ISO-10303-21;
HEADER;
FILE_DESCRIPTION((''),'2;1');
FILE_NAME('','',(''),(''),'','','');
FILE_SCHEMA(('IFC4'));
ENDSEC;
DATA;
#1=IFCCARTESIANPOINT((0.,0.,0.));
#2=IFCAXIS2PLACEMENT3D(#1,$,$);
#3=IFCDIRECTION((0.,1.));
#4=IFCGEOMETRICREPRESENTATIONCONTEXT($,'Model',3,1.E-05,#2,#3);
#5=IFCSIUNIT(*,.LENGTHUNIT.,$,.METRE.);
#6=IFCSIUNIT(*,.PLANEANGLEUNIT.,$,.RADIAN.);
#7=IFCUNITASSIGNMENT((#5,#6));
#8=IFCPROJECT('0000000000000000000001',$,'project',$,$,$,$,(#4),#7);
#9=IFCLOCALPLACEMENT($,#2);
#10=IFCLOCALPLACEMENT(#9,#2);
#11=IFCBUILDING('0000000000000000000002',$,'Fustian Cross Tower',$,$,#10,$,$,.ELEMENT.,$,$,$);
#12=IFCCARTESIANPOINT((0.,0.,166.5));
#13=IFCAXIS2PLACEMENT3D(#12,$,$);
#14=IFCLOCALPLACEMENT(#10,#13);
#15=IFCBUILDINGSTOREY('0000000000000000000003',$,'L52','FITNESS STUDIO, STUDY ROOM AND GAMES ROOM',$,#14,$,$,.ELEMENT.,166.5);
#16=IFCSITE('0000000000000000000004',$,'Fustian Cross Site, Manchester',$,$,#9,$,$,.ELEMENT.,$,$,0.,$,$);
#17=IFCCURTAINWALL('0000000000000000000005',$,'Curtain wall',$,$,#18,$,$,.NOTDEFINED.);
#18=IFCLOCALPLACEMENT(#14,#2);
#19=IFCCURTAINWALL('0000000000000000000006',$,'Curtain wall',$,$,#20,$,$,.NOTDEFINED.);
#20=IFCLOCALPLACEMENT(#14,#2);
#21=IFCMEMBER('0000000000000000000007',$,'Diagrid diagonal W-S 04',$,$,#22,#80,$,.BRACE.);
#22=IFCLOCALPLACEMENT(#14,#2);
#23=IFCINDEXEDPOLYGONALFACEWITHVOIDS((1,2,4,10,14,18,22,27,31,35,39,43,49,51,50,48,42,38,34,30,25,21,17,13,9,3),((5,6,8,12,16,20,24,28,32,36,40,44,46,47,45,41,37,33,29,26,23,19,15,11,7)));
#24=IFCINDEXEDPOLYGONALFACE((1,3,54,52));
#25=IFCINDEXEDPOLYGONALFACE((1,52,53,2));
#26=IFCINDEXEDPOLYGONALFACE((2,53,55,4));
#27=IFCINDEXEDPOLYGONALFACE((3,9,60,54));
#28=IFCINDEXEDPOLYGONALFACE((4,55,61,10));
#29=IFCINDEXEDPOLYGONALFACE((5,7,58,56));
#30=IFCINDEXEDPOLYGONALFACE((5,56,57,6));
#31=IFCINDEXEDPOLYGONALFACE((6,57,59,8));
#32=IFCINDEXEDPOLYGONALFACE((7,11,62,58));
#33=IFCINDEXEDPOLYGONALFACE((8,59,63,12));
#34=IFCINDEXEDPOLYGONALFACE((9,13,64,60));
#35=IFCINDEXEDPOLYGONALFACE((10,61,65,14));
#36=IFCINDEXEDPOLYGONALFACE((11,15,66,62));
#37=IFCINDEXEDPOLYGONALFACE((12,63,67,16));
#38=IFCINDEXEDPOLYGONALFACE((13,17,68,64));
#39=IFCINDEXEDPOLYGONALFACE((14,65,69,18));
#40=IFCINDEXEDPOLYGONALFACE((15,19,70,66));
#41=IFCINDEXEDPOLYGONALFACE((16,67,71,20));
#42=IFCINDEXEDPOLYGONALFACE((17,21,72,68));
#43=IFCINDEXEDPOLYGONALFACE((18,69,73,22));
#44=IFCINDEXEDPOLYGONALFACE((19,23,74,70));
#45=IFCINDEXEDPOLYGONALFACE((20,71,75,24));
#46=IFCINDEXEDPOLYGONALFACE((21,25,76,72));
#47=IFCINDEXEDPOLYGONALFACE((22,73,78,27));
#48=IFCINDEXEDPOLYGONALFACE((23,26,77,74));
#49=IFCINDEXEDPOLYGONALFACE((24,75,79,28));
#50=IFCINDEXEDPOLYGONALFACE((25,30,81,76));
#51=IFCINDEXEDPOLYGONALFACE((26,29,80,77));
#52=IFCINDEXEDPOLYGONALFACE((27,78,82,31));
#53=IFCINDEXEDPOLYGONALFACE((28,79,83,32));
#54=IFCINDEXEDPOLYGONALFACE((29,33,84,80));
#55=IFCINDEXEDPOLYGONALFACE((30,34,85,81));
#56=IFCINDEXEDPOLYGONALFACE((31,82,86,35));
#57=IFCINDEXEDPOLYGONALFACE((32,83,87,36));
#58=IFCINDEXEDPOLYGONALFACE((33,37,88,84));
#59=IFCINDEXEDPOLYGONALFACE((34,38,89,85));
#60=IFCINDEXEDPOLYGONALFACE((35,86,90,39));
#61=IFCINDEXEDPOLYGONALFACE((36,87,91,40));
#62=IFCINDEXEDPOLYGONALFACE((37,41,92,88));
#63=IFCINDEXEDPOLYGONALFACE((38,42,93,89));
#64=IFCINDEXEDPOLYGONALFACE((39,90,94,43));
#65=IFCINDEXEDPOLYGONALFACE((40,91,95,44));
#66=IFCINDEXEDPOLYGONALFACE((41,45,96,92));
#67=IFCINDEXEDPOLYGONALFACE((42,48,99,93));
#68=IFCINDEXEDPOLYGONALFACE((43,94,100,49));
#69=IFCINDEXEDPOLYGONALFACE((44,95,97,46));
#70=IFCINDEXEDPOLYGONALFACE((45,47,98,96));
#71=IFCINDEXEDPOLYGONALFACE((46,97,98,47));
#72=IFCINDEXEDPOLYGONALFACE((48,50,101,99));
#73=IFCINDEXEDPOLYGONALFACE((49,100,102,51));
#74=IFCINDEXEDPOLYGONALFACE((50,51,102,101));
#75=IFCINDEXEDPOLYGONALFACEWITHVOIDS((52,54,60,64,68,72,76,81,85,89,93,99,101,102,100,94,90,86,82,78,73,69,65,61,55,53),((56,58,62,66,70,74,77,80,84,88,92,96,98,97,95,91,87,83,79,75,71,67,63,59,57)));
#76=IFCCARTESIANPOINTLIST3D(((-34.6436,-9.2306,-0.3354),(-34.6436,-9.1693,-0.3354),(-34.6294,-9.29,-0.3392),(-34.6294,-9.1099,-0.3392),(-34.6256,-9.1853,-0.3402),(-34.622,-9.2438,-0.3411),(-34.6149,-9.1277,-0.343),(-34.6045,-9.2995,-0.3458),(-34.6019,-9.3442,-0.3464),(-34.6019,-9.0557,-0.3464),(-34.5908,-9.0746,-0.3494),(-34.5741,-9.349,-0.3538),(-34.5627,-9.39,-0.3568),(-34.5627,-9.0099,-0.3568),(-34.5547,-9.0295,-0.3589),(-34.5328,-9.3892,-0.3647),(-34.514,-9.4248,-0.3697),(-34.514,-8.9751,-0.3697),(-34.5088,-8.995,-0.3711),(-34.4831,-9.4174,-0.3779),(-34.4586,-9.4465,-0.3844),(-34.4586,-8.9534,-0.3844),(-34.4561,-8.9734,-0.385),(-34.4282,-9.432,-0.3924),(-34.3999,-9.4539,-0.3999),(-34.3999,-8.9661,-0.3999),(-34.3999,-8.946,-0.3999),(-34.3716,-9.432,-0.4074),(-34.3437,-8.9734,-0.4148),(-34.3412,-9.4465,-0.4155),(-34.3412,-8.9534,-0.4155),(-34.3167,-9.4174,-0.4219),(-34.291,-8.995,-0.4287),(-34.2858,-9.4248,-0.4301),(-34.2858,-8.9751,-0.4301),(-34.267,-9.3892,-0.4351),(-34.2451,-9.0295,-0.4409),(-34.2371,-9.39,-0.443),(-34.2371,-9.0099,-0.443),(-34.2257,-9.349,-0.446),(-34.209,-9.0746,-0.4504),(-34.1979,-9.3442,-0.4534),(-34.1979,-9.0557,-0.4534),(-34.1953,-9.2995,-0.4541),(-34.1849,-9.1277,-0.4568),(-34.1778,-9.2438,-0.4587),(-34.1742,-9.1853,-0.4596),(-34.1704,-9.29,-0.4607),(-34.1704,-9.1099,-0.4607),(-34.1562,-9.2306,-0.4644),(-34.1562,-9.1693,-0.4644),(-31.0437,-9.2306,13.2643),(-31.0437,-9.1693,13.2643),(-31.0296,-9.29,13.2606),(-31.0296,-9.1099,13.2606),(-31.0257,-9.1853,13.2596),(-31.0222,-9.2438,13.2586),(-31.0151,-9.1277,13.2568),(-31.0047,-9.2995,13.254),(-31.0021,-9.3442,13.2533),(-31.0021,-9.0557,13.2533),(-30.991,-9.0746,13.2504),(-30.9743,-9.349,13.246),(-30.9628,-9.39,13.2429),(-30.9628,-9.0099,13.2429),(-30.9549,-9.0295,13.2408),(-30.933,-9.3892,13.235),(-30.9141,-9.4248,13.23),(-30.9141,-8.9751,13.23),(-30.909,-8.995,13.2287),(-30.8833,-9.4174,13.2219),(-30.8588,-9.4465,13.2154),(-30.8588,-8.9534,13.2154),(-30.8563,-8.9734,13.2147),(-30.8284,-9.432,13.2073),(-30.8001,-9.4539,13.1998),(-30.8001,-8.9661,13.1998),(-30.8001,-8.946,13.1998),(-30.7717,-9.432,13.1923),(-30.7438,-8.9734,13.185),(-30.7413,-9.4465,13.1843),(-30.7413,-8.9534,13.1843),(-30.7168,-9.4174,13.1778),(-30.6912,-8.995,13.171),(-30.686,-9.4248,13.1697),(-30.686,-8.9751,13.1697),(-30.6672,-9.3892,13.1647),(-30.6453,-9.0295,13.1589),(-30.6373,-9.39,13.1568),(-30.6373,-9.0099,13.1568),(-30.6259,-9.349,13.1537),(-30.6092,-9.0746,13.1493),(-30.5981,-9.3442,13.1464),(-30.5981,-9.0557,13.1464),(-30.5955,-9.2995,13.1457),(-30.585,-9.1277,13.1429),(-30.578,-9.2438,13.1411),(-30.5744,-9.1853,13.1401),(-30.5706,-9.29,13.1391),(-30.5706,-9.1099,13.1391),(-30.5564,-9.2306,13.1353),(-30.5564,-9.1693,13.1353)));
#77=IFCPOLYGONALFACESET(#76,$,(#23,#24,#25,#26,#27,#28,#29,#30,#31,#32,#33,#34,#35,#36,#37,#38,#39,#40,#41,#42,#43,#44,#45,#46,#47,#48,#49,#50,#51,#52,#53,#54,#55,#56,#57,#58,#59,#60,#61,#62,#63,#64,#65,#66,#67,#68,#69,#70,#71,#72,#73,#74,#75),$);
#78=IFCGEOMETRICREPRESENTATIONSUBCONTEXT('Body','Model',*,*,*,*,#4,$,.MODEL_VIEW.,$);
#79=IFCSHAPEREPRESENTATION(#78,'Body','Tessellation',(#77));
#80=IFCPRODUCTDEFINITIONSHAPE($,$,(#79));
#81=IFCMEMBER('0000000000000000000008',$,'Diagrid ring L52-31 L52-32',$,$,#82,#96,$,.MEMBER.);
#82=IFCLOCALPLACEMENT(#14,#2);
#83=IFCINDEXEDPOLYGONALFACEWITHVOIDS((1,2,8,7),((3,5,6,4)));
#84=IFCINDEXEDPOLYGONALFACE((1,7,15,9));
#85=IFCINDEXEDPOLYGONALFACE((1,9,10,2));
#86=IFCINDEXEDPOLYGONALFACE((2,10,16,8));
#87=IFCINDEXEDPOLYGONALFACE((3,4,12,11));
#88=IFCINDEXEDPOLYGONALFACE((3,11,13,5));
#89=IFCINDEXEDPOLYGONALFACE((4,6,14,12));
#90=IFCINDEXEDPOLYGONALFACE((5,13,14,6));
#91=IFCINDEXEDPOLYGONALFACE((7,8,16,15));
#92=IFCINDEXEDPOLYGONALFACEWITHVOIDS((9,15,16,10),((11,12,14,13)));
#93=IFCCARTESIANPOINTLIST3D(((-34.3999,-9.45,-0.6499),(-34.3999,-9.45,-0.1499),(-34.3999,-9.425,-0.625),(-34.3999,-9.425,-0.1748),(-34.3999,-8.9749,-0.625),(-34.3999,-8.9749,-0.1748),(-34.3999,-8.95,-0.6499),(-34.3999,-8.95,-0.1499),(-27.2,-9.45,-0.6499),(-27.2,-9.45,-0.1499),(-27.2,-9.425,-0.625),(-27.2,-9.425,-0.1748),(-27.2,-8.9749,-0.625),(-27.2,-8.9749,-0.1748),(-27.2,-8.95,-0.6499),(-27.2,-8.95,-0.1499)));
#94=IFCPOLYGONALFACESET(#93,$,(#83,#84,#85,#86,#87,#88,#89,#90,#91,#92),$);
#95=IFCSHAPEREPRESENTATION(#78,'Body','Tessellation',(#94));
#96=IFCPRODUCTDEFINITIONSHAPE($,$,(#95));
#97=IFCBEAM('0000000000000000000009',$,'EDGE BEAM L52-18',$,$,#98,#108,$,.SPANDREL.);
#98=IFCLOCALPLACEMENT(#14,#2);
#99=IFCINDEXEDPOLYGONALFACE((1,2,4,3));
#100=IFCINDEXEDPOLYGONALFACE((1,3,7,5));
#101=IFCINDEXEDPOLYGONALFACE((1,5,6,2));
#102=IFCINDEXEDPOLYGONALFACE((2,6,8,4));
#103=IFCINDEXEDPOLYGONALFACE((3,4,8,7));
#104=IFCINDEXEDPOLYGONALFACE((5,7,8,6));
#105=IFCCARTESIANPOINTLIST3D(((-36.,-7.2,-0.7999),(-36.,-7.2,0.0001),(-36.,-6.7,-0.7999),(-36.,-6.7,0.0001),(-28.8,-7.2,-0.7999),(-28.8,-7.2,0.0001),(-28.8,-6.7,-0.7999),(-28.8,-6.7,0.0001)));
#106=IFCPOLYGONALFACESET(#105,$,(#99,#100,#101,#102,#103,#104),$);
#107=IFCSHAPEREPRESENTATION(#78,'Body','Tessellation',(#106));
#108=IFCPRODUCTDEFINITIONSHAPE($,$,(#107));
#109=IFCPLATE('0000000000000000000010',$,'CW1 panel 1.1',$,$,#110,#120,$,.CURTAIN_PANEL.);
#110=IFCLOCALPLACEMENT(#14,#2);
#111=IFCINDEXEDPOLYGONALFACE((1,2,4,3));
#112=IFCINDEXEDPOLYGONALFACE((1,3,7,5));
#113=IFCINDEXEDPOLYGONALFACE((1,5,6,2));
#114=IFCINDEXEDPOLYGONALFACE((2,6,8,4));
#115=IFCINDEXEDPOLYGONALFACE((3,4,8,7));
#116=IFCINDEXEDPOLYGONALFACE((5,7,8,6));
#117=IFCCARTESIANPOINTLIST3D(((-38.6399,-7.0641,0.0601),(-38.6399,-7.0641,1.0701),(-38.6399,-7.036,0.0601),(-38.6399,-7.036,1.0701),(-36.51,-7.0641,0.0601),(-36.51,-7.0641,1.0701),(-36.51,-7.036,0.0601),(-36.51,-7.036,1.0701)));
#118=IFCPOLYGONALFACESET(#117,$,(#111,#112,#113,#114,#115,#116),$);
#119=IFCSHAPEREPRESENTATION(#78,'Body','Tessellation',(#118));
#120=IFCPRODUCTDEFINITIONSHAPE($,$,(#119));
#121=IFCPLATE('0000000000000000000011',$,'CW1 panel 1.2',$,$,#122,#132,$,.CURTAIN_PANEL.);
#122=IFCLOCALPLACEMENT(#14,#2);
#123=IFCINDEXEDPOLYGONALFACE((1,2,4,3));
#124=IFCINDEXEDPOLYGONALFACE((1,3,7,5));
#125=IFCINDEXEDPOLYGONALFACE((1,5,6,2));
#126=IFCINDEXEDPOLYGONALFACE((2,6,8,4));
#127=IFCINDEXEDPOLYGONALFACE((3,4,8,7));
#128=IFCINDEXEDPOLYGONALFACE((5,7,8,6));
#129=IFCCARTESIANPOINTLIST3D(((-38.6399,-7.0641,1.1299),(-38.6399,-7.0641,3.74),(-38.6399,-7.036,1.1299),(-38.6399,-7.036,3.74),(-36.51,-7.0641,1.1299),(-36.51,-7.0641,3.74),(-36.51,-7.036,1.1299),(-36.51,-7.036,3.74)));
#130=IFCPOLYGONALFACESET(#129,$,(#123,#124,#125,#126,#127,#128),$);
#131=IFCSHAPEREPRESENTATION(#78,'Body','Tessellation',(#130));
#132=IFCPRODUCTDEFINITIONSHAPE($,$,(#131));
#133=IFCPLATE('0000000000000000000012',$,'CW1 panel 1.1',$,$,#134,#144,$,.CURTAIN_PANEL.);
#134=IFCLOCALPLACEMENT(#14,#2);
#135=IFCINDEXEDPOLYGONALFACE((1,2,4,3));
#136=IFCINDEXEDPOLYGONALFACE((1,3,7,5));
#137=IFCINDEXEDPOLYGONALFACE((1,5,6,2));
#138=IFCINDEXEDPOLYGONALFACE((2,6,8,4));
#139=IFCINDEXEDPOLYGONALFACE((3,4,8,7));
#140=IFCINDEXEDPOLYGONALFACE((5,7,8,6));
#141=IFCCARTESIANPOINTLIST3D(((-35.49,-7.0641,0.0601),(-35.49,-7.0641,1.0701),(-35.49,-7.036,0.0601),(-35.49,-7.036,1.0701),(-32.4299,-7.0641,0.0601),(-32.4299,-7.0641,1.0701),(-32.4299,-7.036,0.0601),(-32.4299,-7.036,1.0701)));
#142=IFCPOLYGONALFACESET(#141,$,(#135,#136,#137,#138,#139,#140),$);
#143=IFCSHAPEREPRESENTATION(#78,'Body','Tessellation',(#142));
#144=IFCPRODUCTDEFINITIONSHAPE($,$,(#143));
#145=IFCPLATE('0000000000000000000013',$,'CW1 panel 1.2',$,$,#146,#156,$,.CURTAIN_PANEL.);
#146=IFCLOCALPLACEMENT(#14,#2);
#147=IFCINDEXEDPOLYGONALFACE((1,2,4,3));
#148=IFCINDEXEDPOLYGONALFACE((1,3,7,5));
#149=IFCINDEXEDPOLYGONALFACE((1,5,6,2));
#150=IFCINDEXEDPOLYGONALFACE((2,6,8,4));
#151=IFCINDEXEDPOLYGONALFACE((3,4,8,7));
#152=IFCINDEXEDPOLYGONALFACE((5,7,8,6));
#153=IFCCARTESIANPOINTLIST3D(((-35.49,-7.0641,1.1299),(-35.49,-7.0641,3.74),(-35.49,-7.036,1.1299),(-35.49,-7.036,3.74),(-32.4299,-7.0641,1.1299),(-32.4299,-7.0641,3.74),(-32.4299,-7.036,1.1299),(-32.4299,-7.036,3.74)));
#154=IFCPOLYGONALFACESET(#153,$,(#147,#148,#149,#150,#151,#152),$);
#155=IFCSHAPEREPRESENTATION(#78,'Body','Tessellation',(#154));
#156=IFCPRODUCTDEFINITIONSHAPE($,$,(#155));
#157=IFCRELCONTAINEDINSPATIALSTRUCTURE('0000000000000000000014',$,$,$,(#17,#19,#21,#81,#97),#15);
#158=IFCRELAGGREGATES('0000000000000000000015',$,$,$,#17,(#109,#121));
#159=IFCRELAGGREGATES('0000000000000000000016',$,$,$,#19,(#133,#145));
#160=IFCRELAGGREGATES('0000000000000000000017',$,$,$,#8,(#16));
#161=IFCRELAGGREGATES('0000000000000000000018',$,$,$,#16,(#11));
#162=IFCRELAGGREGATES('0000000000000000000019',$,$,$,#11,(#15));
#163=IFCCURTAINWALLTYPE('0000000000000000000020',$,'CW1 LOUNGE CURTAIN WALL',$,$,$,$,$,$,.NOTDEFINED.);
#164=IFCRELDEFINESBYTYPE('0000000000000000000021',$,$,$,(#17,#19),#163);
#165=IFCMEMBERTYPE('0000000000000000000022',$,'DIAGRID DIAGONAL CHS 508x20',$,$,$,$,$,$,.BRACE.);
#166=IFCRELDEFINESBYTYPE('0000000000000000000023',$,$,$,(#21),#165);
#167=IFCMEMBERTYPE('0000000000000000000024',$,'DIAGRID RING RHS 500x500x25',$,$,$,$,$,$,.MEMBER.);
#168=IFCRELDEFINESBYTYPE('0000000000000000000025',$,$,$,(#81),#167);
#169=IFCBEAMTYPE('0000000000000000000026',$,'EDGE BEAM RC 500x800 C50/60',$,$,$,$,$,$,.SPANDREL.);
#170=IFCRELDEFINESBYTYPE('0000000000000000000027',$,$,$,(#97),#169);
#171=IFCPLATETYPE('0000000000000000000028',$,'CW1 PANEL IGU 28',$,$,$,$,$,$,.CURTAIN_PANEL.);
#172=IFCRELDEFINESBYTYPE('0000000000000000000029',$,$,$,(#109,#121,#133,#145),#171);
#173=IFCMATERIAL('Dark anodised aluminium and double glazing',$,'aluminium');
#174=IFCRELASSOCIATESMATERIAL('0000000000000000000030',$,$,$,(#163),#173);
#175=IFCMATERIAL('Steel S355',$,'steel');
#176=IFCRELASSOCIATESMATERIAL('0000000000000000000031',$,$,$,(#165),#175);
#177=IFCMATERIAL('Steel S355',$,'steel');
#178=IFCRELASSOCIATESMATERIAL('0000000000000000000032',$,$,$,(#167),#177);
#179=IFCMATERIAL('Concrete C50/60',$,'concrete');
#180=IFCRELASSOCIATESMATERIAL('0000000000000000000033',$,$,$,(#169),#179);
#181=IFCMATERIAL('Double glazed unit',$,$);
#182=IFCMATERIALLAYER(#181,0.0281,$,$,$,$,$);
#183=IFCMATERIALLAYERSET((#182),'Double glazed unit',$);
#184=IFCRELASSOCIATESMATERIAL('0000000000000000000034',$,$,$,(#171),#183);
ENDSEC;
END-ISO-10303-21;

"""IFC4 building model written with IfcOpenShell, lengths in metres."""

from ifc_helpers import new_model, si_unit, direction, frame, origin, origin_2d, place, context, subcontext, project, spatial, rectangle, hollow_rectangle, hollow_circle, extrude, material, layer, layer_set, material_profile, profile_set, type_object, element, aggregate, save


model = new_model("IFC4")

# Units and contexts
model_context = context("Model", 3, precision=1e-05, world=origin(), true_north=direction((0.0, 1.0)))
body_context = subcontext(model_context, "Body", "Model", "MODEL_VIEW")
ifc_project = project(units=[si_unit("LENGTHUNIT", "METRE"), si_unit("PLANEANGLEUNIT", "RADIAN")], contexts=[model_context])

# Site, building, storey
site_placement = place(None, origin())
site = spatial("IfcSite", under=ifc_project, at=site_placement, Name="Fustian Cross Site, Manchester", CompositionType="ELEMENT", RefElevation=0.0)
building_placement = place(site_placement, origin())
building = spatial("IfcBuilding", under=site, at=building_placement, Name="Fustian Cross Tower", CompositionType="ELEMENT")
storey_placement = place(building_placement, frame((0.0, 0.0, 166.5)))
storey = spatial("IfcBuildingStorey", under=building, at=storey_placement, Name="L52", Description="FITNESS STUDIO, STUDY ROOM AND GAMES ROOM", CompositionType="ELEMENT", Elevation=166.5)

# Curtain wall
ifc_material_1 = material(Name="Dark anodised aluminium and double glazing", Category="aluminium")
curtain_wall_type = type_object("IfcCurtainWallType", Name="CW1 LOUNGE CURTAIN WALL", PredefinedType="NOTDEFINED", material=ifc_material_1)
curtain_wall_1_placement = place(storey_placement, origin())
curtain_wall_1 = element("IfcCurtainWall", 1, at=curtain_wall_1_placement, inside=storey, type_object=curtain_wall_type, Name="Curtain wall", PredefinedType="NOTDEFINED")

# Curtain wall
curtain_wall_2_placement = place(storey_placement, origin())
curtain_wall_2 = element("IfcCurtainWall", 2, at=curtain_wall_2_placement, inside=storey, type_object=curtain_wall_type, Name="Curtain wall", PredefinedType="NOTDEFINED")

# Members
ifc_material_2 = material(Name="Steel S355", Category="steel")
ifc_material_profile_1 = material_profile(ifc_material_2, hollow_circle(Radius=0.2539, WallThickness=0.02, at=origin_2d()), Name="CHS 508x20")
ifc_profile_set_1 = profile_set([ifc_material_profile_1], Name="Steel S355")
member_type_1 = type_object("IfcMemberType", Name="DIAGRID DIAGONAL CHS 508x20", PredefinedType="BRACE", material=ifc_profile_set_1)
member_1_placement = place(storey_placement, frame((-34.3999, -9.2, -0.3999), z_axis=(0.255885, 0.0, 0.966707), x_axis=(0.0, 1.0, 0.0)))
element("IfcMember", 3, at=member_1_placement, inside=storey, type_object=member_type_1, Name="Diagrid diagonal W-S 04", PredefinedType="BRACE", context=body_context, shape_type="SweptSolid", body=[
    extrude(hollow_circle(Radius=0.2539, WallThickness=0.02, at=origin_2d()), origin(), (0.0, 0.0, 1.0), 14.0681),
])
ifc_material_3 = material(Name="Steel S355", Category="steel")
ifc_material_profile_2 = material_profile(ifc_material_3, hollow_rectangle(XDim=0.5, YDim=0.5, WallThickness=0.0249, at=origin_2d()), Name="RHS 500x500x25")
ifc_profile_set_2 = profile_set([ifc_material_profile_2], Name="Steel S355")
member_type_2 = type_object("IfcMemberType", Name="DIAGRID RING RHS 500x500x25", PredefinedType="MEMBER", material=ifc_profile_set_2)
member_2_placement = place(storey_placement, frame((-34.3999, -9.2, -0.3999), z_axis=(1.0, 0.0, 0.0), x_axis=(0.0, 1.0, 0.0)))
element("IfcMember", 4, at=member_2_placement, inside=storey, type_object=member_type_2, Name="Diagrid ring L52-31 L52-32", PredefinedType="MEMBER", context=body_context, shape_type="SweptSolid", body=[
    extrude(hollow_rectangle(XDim=0.5, YDim=0.5, WallThickness=0.0249, at=origin_2d()), origin(), (0.0, 0.0, 1.0), 7.2),
])

# Beam
ifc_material_4 = material(Name="Concrete C50/60", Category="concrete")
ifc_material_profile_3 = material_profile(ifc_material_4, rectangle(XDim=0.5, YDim=0.8, at=origin_2d()), Name="RC 500x800")
ifc_profile_set_3 = profile_set([ifc_material_profile_3], Name="Concrete C50/60")
beam_type = type_object("IfcBeamType", Name="EDGE BEAM RC 500x800 C50/60", PredefinedType="SPANDREL", material=ifc_profile_set_3)
beam_placement = place(storey_placement, frame((-36.0, -6.95, -0.3999), z_axis=(1.0, 0.0, 0.0), x_axis=(0.0, 1.0, 0.0)))
element("IfcBeam", 5, at=beam_placement, inside=storey, type_object=beam_type, Name="EDGE BEAM L52-18", PredefinedType="SPANDREL", context=body_context, shape_type="SweptSolid", body=[
    extrude(rectangle(XDim=0.5, YDim=0.8, at=origin_2d()), origin(), (0.0, 0.0, 1.0), 7.2),
])

# Plates
ifc_material_5 = material(Name="Double glazed unit")
ifc_layer_1 = layer(ifc_material_5, 0.0281)
ifc_layer_set_1 = layer_set([ifc_layer_1], Name="Double glazed unit")
plate_type = type_object("IfcPlateType", Name="CW1 PANEL IGU 28", PredefinedType="CURTAIN_PANEL", material=ifc_layer_set_1)
plate_1_placement = place(storey_placement, frame((-37.575, -7.05, 0.0601), z_axis=(0.0, 0.0, 1.0), x_axis=(1.0, 0.0, 0.0)))
plate_1 = element("IfcPlate", 6, at=plate_1_placement, type_object=plate_type, Name="CW1 panel 1.1", PredefinedType="CURTAIN_PANEL", context=body_context, shape_type="SweptSolid", body=[
    extrude(rectangle(XDim=2.1299, YDim=0.0281, at=origin_2d()), origin(), (0.0, 0.0, 1.0), 1.01),
])
plate_2_placement = place(storey_placement, frame((-37.575, -7.05, 1.1299), z_axis=(0.0, 0.0, 1.0), x_axis=(1.0, 0.0, 0.0)))
plate_2 = element("IfcPlate", 7, at=plate_2_placement, type_object=plate_type, Name="CW1 panel 1.2", PredefinedType="CURTAIN_PANEL", context=body_context, shape_type="SweptSolid", body=[
    extrude(rectangle(XDim=2.1299, YDim=0.0281, at=origin_2d()), origin(), (0.0, 0.0, 1.0), 2.6101),
])
aggregate(curtain_wall_1, [plate_1, plate_2])
plate_3_placement = place(storey_placement, frame((-33.96, -7.05, 0.0601), z_axis=(0.0, 0.0, 1.0), x_axis=(1.0, 0.0, 0.0)))
plate_3 = element("IfcPlate", 8, at=plate_3_placement, type_object=plate_type, Name="CW1 panel 1.1", PredefinedType="CURTAIN_PANEL", context=body_context, shape_type="SweptSolid", body=[
    extrude(rectangle(XDim=3.0601, YDim=0.0281, at=origin_2d()), origin(), (0.0, 0.0, 1.0), 1.01),
])
plate_4_placement = place(storey_placement, frame((-33.96, -7.05, 1.1299), z_axis=(0.0, 0.0, 1.0), x_axis=(1.0, 0.0, 0.0)))
plate_4 = element("IfcPlate", 9, at=plate_4_placement, type_object=plate_type, Name="CW1 panel 1.2", PredefinedType="CURTAIN_PANEL", context=body_context, shape_type="SweptSolid", body=[
    extrude(rectangle(XDim=3.0601, YDim=0.0281, at=origin_2d()), origin(), (0.0, 0.0, 1.0), 2.6101),
])
aggregate(curtain_wall_2, [plate_3, plate_4])

save(model, "model.ifc")
